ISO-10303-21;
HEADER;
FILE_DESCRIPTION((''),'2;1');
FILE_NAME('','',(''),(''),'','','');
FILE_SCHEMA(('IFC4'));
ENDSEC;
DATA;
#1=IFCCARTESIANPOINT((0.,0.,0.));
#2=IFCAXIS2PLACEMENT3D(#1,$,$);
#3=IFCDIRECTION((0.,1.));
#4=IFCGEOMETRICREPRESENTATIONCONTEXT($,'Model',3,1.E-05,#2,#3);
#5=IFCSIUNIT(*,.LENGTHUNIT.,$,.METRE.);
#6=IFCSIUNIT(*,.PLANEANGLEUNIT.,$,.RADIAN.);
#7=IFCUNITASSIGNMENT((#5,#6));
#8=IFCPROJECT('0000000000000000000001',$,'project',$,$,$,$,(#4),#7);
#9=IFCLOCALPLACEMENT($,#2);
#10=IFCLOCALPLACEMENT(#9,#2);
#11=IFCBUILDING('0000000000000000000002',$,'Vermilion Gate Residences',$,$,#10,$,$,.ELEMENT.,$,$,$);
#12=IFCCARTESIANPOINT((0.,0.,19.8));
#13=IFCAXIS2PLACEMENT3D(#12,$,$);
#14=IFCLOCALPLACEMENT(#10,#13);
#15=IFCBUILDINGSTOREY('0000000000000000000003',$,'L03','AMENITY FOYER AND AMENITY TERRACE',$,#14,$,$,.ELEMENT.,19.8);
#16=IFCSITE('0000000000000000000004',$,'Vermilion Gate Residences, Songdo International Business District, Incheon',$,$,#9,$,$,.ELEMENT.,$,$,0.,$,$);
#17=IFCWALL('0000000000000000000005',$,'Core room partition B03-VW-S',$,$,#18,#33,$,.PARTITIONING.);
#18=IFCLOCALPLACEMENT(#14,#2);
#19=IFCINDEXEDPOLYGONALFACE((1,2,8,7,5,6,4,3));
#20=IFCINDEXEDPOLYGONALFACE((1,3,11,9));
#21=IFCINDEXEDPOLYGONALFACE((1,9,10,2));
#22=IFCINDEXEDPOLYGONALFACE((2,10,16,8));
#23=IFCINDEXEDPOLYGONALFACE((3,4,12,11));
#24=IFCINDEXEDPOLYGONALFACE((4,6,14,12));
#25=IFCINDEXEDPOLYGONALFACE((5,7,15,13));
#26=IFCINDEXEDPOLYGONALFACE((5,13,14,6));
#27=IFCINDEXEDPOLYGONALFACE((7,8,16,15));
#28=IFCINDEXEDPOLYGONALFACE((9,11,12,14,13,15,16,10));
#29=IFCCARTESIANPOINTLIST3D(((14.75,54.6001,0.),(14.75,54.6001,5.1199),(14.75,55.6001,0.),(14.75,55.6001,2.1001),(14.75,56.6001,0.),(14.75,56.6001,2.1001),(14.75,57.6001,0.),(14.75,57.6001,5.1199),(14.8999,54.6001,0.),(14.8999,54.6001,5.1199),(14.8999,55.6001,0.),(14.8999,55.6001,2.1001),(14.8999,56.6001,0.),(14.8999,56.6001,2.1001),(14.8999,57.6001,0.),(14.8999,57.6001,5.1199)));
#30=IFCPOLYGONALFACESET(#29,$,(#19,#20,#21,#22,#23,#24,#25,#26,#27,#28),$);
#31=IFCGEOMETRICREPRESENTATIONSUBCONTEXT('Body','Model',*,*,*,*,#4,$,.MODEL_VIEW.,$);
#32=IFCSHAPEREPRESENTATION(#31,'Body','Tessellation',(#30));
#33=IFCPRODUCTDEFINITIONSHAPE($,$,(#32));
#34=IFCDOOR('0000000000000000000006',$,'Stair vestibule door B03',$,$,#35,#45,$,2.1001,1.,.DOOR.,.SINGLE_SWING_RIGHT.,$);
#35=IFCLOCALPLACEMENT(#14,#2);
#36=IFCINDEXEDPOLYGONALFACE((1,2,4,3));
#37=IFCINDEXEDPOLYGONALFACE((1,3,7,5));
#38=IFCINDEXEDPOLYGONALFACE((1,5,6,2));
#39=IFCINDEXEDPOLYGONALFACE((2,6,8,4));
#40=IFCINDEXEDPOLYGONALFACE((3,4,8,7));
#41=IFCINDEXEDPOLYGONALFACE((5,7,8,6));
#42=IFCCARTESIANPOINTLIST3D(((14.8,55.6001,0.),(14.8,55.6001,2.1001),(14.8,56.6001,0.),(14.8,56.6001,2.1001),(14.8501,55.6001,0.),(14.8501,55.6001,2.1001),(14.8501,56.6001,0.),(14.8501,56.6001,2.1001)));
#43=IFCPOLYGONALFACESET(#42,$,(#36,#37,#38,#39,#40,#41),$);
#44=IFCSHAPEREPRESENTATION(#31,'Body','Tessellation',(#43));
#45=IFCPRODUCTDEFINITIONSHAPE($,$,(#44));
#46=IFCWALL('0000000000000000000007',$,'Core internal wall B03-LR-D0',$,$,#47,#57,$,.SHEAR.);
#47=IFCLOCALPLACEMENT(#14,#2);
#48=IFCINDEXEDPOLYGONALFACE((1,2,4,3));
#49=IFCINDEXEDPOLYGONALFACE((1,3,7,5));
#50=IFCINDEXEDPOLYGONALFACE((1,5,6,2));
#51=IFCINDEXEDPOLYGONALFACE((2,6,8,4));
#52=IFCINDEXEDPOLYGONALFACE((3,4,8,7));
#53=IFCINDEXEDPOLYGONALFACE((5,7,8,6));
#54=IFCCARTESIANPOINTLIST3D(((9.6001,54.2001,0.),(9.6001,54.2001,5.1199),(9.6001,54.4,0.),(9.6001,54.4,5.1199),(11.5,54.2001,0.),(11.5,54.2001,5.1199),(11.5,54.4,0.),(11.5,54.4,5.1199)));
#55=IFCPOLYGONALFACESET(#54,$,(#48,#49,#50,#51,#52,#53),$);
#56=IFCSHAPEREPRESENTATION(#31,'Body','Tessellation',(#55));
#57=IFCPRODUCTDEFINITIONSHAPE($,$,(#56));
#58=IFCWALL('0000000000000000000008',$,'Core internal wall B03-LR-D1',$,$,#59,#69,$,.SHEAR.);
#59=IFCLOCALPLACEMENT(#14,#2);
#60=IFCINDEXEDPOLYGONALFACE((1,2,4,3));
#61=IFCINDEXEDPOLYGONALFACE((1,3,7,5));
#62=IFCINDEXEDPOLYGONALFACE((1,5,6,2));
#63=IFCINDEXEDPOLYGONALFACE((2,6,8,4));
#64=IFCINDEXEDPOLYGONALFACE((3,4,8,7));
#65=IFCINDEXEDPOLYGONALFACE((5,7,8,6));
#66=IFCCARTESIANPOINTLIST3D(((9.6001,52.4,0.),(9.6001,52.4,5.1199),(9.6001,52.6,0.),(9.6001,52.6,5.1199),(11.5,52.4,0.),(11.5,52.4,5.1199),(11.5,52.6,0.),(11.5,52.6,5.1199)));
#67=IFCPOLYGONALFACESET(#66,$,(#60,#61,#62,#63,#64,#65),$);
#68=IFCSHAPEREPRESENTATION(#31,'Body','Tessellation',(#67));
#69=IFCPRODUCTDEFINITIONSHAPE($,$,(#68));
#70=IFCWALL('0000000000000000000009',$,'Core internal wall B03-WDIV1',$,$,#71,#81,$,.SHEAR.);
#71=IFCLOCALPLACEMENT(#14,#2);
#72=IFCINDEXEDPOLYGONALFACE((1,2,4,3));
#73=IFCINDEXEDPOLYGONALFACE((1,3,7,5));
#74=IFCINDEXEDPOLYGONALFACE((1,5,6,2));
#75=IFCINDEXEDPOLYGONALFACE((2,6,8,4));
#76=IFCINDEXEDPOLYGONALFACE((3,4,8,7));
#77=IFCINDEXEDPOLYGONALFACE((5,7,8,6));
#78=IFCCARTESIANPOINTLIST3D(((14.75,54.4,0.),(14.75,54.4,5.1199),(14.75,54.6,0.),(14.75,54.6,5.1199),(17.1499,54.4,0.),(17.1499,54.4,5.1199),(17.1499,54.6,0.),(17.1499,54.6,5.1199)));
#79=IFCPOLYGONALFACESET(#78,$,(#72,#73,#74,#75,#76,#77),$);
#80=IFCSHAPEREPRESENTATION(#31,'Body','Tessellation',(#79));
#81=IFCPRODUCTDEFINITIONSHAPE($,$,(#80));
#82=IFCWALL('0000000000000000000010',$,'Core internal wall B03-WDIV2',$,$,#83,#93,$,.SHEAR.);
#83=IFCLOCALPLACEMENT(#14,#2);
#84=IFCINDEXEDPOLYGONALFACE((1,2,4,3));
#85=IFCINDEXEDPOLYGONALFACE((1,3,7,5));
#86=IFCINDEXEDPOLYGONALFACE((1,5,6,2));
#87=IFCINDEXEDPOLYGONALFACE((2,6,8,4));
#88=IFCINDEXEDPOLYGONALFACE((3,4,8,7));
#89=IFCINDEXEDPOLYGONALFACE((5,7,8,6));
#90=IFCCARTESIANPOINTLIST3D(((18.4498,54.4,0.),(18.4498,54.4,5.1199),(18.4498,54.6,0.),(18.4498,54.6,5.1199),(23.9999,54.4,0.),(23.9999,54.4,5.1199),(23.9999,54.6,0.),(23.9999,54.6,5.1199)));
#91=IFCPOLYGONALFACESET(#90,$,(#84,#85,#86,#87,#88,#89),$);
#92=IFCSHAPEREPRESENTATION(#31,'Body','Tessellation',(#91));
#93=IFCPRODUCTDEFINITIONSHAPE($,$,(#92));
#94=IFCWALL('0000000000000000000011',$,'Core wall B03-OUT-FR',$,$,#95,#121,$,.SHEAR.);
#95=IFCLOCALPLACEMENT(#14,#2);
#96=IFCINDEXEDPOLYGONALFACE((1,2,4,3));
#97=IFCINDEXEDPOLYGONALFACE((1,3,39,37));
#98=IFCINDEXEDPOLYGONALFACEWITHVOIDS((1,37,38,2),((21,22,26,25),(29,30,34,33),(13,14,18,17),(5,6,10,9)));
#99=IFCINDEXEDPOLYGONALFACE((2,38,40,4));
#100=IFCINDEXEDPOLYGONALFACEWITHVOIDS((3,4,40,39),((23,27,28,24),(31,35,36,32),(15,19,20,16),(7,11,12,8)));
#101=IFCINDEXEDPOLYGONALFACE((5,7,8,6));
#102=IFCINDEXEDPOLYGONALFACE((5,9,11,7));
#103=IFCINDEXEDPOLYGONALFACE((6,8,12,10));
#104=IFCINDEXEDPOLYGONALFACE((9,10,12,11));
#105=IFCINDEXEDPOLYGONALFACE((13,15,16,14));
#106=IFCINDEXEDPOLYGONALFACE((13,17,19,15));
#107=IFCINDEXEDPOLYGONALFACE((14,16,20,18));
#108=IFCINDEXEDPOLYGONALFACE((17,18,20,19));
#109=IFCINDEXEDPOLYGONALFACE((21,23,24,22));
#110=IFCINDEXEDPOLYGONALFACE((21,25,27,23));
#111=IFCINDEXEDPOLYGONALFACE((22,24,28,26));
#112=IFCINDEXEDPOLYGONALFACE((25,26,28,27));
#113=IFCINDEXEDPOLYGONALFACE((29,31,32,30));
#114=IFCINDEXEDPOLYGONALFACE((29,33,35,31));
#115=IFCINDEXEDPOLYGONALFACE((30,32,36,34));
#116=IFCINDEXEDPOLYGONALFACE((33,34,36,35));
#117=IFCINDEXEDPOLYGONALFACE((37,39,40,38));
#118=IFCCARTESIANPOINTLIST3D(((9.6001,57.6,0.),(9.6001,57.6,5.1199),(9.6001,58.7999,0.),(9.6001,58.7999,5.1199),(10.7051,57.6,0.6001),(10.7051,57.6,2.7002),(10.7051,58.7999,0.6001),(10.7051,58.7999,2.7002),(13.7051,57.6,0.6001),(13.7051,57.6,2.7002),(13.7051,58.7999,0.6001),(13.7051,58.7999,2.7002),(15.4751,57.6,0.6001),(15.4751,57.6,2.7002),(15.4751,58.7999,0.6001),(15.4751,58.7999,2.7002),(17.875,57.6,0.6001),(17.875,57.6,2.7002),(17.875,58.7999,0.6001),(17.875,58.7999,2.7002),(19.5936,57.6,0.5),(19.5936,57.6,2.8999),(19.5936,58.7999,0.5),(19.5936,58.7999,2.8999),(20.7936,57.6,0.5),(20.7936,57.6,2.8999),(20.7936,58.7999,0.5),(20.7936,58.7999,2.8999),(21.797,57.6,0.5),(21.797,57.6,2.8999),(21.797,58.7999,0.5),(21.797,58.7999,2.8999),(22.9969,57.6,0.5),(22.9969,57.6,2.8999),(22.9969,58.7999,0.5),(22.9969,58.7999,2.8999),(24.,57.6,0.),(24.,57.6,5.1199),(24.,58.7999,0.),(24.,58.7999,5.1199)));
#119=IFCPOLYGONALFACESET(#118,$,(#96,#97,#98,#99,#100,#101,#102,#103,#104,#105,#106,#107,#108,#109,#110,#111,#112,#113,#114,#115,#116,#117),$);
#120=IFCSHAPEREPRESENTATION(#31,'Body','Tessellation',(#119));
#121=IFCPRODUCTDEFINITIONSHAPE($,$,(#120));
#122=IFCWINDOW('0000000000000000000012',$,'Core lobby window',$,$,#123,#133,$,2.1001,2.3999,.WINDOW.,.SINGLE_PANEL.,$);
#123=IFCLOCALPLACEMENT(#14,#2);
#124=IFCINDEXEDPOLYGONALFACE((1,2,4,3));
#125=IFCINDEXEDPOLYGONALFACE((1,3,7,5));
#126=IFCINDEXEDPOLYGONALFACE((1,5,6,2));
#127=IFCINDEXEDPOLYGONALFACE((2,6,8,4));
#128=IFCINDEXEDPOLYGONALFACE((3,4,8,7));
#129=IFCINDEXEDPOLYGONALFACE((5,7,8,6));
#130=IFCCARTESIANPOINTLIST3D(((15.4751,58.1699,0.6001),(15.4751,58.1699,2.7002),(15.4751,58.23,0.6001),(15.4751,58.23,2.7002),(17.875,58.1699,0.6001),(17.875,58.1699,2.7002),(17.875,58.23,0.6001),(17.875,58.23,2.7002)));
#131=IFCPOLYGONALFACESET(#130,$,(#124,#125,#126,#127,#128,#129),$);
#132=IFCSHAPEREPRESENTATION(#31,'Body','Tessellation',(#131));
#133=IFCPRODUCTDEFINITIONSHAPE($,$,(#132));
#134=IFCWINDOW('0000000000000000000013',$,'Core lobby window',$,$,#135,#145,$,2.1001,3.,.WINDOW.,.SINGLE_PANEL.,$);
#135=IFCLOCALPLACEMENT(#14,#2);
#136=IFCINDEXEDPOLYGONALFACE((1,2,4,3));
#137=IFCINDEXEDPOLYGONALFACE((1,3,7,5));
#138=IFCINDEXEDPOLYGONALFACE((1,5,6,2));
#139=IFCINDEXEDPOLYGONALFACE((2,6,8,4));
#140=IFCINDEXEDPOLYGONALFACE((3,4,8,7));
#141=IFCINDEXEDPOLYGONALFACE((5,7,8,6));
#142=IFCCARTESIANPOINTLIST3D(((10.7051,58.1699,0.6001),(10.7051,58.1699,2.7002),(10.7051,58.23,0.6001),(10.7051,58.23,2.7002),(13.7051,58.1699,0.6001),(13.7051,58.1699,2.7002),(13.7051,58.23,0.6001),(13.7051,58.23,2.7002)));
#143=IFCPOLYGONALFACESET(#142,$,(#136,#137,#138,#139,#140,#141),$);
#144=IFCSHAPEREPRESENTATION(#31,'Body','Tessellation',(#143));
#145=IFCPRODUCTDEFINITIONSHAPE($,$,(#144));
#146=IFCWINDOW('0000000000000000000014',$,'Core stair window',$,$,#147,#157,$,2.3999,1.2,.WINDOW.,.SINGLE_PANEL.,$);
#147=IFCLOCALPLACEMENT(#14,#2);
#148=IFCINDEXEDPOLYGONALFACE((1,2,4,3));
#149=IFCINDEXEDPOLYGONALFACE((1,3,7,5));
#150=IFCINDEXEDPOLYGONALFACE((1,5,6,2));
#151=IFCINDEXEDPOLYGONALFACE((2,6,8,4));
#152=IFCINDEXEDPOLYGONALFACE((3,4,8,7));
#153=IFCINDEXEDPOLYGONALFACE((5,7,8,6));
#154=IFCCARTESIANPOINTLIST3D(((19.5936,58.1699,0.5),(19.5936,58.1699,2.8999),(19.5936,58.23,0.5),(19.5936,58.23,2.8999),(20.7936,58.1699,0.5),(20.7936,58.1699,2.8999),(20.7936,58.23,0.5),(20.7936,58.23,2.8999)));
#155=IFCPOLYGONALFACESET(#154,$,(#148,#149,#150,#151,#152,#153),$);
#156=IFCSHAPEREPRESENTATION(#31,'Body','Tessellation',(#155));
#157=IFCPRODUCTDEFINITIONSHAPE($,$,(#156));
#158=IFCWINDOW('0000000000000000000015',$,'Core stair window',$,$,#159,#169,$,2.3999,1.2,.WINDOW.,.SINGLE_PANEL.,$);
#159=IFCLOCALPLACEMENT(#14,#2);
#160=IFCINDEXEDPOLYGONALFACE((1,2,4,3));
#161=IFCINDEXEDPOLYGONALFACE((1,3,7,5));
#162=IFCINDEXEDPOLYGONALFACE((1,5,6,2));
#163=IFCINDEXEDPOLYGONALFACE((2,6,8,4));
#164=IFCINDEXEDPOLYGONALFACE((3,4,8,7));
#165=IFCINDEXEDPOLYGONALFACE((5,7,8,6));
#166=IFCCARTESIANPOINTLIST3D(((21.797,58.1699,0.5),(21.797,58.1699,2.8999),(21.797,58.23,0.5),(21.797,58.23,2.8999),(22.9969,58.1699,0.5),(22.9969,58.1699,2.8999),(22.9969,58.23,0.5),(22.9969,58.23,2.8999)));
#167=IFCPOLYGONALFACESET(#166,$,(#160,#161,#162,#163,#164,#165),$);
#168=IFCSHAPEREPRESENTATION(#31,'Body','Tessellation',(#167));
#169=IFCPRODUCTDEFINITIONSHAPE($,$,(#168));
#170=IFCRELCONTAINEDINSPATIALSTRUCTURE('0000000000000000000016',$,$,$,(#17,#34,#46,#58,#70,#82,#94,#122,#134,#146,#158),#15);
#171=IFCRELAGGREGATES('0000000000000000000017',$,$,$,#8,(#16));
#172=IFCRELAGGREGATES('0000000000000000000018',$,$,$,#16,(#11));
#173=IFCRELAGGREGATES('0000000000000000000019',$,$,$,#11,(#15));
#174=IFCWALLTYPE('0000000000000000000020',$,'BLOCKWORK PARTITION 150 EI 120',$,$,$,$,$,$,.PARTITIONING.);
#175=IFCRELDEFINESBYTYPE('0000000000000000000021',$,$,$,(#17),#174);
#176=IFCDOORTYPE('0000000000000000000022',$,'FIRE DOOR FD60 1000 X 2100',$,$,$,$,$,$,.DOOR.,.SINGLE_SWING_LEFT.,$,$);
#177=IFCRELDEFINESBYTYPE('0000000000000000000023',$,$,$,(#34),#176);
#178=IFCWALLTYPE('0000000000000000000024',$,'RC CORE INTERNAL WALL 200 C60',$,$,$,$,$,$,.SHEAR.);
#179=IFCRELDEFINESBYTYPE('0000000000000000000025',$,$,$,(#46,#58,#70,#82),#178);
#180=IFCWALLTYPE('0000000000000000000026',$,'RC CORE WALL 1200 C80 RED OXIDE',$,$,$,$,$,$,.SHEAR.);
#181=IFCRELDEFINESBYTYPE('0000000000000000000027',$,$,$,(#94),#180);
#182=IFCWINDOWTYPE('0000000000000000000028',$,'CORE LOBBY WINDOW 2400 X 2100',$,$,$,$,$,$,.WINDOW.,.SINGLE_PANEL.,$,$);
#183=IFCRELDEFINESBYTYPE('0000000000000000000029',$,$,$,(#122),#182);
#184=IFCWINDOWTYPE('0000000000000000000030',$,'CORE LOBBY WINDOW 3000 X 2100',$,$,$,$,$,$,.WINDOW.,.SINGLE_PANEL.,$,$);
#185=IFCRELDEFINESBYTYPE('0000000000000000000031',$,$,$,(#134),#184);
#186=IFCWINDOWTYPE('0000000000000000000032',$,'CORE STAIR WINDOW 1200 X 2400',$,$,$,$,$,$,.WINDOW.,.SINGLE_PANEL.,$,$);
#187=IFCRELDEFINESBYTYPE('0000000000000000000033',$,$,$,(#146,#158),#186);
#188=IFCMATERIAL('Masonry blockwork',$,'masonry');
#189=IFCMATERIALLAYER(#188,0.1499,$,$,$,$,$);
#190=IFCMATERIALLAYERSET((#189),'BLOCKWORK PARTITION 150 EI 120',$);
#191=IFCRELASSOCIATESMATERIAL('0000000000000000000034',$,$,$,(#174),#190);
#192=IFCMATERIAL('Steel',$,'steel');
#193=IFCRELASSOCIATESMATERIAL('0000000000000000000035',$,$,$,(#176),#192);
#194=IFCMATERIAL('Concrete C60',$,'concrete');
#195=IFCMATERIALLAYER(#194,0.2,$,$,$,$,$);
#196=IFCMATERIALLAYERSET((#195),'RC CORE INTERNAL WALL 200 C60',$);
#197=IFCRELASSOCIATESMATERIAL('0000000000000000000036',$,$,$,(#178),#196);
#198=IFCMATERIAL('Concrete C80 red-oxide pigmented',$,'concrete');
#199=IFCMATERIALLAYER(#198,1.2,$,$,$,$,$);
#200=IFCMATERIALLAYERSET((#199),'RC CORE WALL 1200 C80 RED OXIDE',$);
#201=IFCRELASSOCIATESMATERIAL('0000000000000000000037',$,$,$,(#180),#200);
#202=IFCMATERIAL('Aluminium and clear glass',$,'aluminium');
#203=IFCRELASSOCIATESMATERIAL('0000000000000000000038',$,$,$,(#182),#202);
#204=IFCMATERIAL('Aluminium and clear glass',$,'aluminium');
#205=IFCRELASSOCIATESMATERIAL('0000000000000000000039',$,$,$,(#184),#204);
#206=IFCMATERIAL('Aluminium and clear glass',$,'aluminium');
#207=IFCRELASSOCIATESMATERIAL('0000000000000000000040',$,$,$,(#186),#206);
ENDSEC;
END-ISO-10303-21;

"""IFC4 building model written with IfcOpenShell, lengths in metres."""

from ifc_helpers import new_model, si_unit, direction, frame, frame_2d, origin, place, context, subcontext, project, spatial, rectangle, extrude, material, layer, layer_set, type_object, element, fill, save


model = new_model("IFC4")

# Units and contexts
model_context = context("Model", 3, precision=1e-05, world=origin(), true_north=direction((0.0, 1.0)))
body_context = subcontext(model_context, "Body", "Model", "MODEL_VIEW")
ifc_project = project(units=[si_unit("LENGTHUNIT", "METRE"), si_unit("PLANEANGLEUNIT", "RADIAN")], contexts=[model_context])

# Site, building, storey
site_placement = place(None, origin())
site = spatial("IfcSite", under=ifc_project, at=site_placement, Name="Vermilion Gate Residences, Songdo International Business District, Incheon", CompositionType="ELEMENT", RefElevation=0.0)
building_placement = place(site_placement, origin())
building = spatial("IfcBuilding", under=site, at=building_placement, Name="Vermilion Gate Residences", CompositionType="ELEMENT")
storey_placement = place(building_placement, frame((0.0, 0.0, 19.8)))
storey = spatial("IfcBuildingStorey", under=building, at=storey_placement, Name="L03", Description="AMENITY FOYER AND AMENITY TERRACE", CompositionType="ELEMENT", Elevation=19.8)

# Wall, opening, door
ifc_material_1 = material(Name="Masonry blockwork", Category="masonry")
ifc_layer_1 = layer(ifc_material_1, 0.1499)
ifc_layer_set_1 = layer_set([ifc_layer_1], Name="BLOCKWORK PARTITION 150 EI 120")
wall_type_1 = type_object("IfcWallType", Name="BLOCKWORK PARTITION 150 EI 120", PredefinedType="PARTITIONING", material=ifc_layer_set_1)
wall_1_placement = place(storey_placement, frame((14.825, 57.6001, 0.0), z_axis=(0.0, 0.0, 1.0), x_axis=(0.0, -1.0, 0.0)))
wall_1 = element("IfcWall", 1, at=wall_1_placement, inside=storey, type_object=wall_type_1, Name="Core room partition B03-VW-S", PredefinedType="PARTITIONING", context=body_context, shape_type="SweptSolid", body=[
    extrude(rectangle(XDim=3.0, YDim=0.1499, at=frame_2d((1.5, 0.0))), origin(), (0.0, 0.0, 1.0), 5.1199),
])
opening_1_placement = place(wall_1_placement, frame((1.0, 0.0, 0.0)))
opening_1 = element("IfcOpeningElement", 2, at=opening_1_placement, cuts=wall_1, PredefinedType="OPENING", context=body_context, shape_type="SweptSolid", body=[
    extrude(rectangle(XDim=1.0, YDim=2.1001, at=frame_2d((0.5, 1.05))), frame((0.0, 0.085, 0.0), z_axis=(0.0, -1.0, 0.0), x_axis=(1.0, 0.0, 0.0)), (0.0, 0.0, 1.0), 0.1699),
])
ifc_material_2 = material(Name="Steel", Category="steel")
door_type_1 = type_object("IfcDoorType", Name="FIRE DOOR FD60 1000 X 2100", OperationType="SINGLE_SWING_LEFT", PredefinedType="DOOR", material=ifc_material_2)
door_1_placement = place(opening_1_placement, frame((1.0, 0.0, 0.0), z_axis=(0.0, 0.0, 1.0), x_axis=(-1.0, 0.0, 0.0)))
door_1 = element("IfcDoor", 3, at=door_1_placement, inside=storey, type_object=door_type_1, Name="Stair vestibule door B03", OperationType="SINGLE_SWING_RIGHT", OverallHeight=2.1001, OverallWidth=1.0, PredefinedType="DOOR", context=body_context, shape_type="SweptSolid", body=[
    extrude(rectangle(XDim=1.0, YDim=2.1001, at=frame_2d((0.5, 1.05))), frame((0.0, 0.0249, 0.0), z_axis=(0.0, -1.0, 0.0), x_axis=(1.0, 0.0, 0.0)), (0.0, 0.0, 1.0), 0.05),
])
fill(opening_1, door_1)

# Walls
ifc_material_3 = material(Name="Concrete C60", Category="concrete")
ifc_layer_2 = layer(ifc_material_3, 0.2)
ifc_layer_set_2 = layer_set([ifc_layer_2], Name="RC CORE INTERNAL WALL 200 C60")
wall_type_2 = type_object("IfcWallType", Name="RC CORE INTERNAL WALL 200 C60", PredefinedType="SHEAR", material=ifc_layer_set_2)
for number, where, z_axis, x_axis, name in (
    (4, (9.6001, 54.3, 0.0), (0.0, 0.0, 1.0), (1.0, 0.0, 0.0), "Core internal wall B03-LR-D0"),
    (5, (9.6001, 52.5, 0.0), (0.0, 0.0, 1.0), (1.0, 0.0, 0.0), "Core internal wall B03-LR-D1"),
):
    element("IfcWall", number, at=place(storey_placement, frame(where, z_axis=z_axis, x_axis=x_axis)), inside=storey, type_object=wall_type_2, Name=name, PredefinedType="SHEAR", context=body_context, shape_type="SweptSolid", body=[
        extrude(rectangle(XDim=1.8999, YDim=0.2, at=frame_2d((0.95, 0.0))), origin(), (0.0, 0.0, 1.0), 5.1199),
    ])
wall_2_placement = place(storey_placement, frame((14.75, 54.5, 0.0), z_axis=(0.0, 0.0, 1.0), x_axis=(1.0, 0.0, 0.0)))
element("IfcWall", 6, at=wall_2_placement, inside=storey, type_object=wall_type_2, Name="Core internal wall B03-WDIV1", PredefinedType="SHEAR", context=body_context, shape_type="SweptSolid", body=[
    extrude(rectangle(XDim=2.3999, YDim=0.2, at=frame_2d((1.2, 0.0))), origin(), (0.0, 0.0, 1.0), 5.1199),
])
wall_3_placement = place(storey_placement, frame((18.45, 54.5, 0.0), z_axis=(0.0, 0.0, 1.0), x_axis=(1.0, 0.0, 0.0)))
element("IfcWall", 7, at=wall_3_placement, inside=storey, type_object=wall_type_2, Name="Core internal wall B03-WDIV2", PredefinedType="SHEAR", context=body_context, shape_type="SweptSolid", body=[
    extrude(rectangle(XDim=5.55, YDim=0.2, at=frame_2d((2.7749, 0.0))), origin(), (0.0, 0.0, 1.0), 5.1199),
])

# Wall, openings, windows
ifc_material_4 = material(Name="Concrete C80 red-oxide pigmented", Category="concrete")
ifc_layer_3 = layer(ifc_material_4, 1.2)
ifc_layer_set_3 = layer_set([ifc_layer_3], Name="RC CORE WALL 1200 C80 RED OXIDE")
wall_type_3 = type_object("IfcWallType", Name="RC CORE WALL 1200 C80 RED OXIDE", PredefinedType="SHEAR", material=ifc_layer_set_3)
wall_4_placement = place(storey_placement, frame((9.6001, 58.2, 0.0), z_axis=(0.0, 0.0, 1.0), x_axis=(1.0, 0.0, 0.0)))
wall_4 = element("IfcWall", 8, at=wall_4_placement, inside=storey, type_object=wall_type_3, Name="Core wall B03-OUT-FR", PredefinedType="SHEAR", context=body_context, shape_type="SweptSolid", body=[
    extrude(rectangle(XDim=14.3999, YDim=1.2, at=frame_2d((7.2, 0.0))), origin(), (0.0, 0.0, 1.0), 5.1199),
])
opening_2_placement = place(wall_4_placement, frame((1.105, 0.0, 0.6001)))
opening_2 = element("IfcOpeningElement", 9, at=opening_2_placement, cuts=wall_4, PredefinedType="OPENING", context=body_context, shape_type="SweptSolid", body=[
    extrude(rectangle(XDim=3.0, YDim=2.1001, at=frame_2d((1.5, 1.05))), frame((0.0, 0.6099, 0.0), z_axis=(0.0, -1.0, 0.0), x_axis=(1.0, 0.0, 0.0)), (0.0, 0.0, 1.0), 1.22),
])
opening_3_placement = place(wall_4_placement, frame((5.875, 0.0, 0.6001)))
opening_3 = element("IfcOpeningElement", 10, at=opening_3_placement, cuts=wall_4, PredefinedType="OPENING", context=body_context, shape_type="SweptSolid", body=[
    extrude(rectangle(XDim=2.3999, YDim=2.1001, at=frame_2d((1.2, 1.05))), frame((0.0, 0.6099, 0.0), z_axis=(0.0, -1.0, 0.0), x_axis=(1.0, 0.0, 0.0)), (0.0, 0.0, 1.0), 1.22),
])
opening_4_placement = place(wall_4_placement, frame((9.9934, 0.0, 0.5)))
opening_4 = element("IfcOpeningElement", 11, at=opening_4_placement, cuts=wall_4, PredefinedType="OPENING", context=body_context, shape_type="SweptSolid", body=[
    extrude(rectangle(XDim=1.2, YDim=2.3999, at=frame_2d((0.6001, 1.2))), frame((0.0, 0.6099, 0.0), z_axis=(0.0, -1.0, 0.0), x_axis=(1.0, 0.0, 0.0)), (0.0, 0.0, 1.0), 1.22),
])
opening_5_placement = place(wall_4_placement, frame((12.1968, 0.0, 0.5)))
opening_5 = element("IfcOpeningElement", 12, at=opening_5_placement, cuts=wall_4, PredefinedType="OPENING", context=body_context, shape_type="SweptSolid", body=[
    extrude(rectangle(XDim=1.2, YDim=2.3999, at=frame_2d((0.6001, 1.2))), frame((0.0, 0.6099, 0.0), z_axis=(0.0, -1.0, 0.0), x_axis=(1.0, 0.0, 0.0)), (0.0, 0.0, 1.0), 1.22),
])
ifc_material_5 = material(Name="Aluminium and clear glass", Category="aluminium")
window_type_1 = type_object("IfcWindowType", Name="CORE LOBBY WINDOW 2400 X 2100", PartitioningType="SINGLE_PANEL", PredefinedType="WINDOW", material=ifc_material_5)
window_1_placement = place(opening_3_placement, origin())
window_1 = element("IfcWindow", 13, at=window_1_placement, inside=storey, type_object=window_type_1, Name="Core lobby window", OverallHeight=2.1001, OverallWidth=2.3999, PartitioningType="SINGLE_PANEL", PredefinedType="WINDOW", context=body_context, shape_type="SweptSolid", body=[
    extrude(rectangle(XDim=2.3999, YDim=2.1001, at=frame_2d((1.2, 1.05))), frame((0.0, 0.03, 0.0), z_axis=(0.0, -1.0, 0.0), x_axis=(1.0, 0.0, 0.0)), (0.0, 0.0, 1.0), 0.0601),
])
fill(opening_3, window_1)
ifc_material_6 = material(Name="Aluminium and clear glass", Category="aluminium")
window_type_2 = type_object("IfcWindowType", Name="CORE LOBBY WINDOW 3000 X 2100", PartitioningType="SINGLE_PANEL", PredefinedType="WINDOW", material=ifc_material_6)
window_2_placement = place(opening_2_placement, origin())
window_2 = element("IfcWindow", 14, at=window_2_placement, inside=storey, type_object=window_type_2, Name="Core lobby window", OverallHeight=2.1001, OverallWidth=3.0, PartitioningType="SINGLE_PANEL", PredefinedType="WINDOW", context=body_context, shape_type="SweptSolid", body=[
    extrude(rectangle(XDim=3.0, YDim=2.1001, at=frame_2d((1.5, 1.05))), frame((0.0, 0.03, 0.0), z_axis=(0.0, -1.0, 0.0), x_axis=(1.0, 0.0, 0.0)), (0.0, 0.0, 1.0), 0.0601),
])
fill(opening_2, window_2)
ifc_material_7 = material(Name="Aluminium and clear glass", Category="aluminium")
window_type_3 = type_object("IfcWindowType", Name="CORE STAIR WINDOW 1200 X 2400", PartitioningType="SINGLE_PANEL", PredefinedType="WINDOW", material=ifc_material_7)
window_3_placement = place(opening_4_placement, origin())
window_3 = element("IfcWindow", 15, at=window_3_placement, inside=storey, type_object=window_type_3, Name="Core stair window", OverallHeight=2.3999, OverallWidth=1.2, PartitioningType="SINGLE_PANEL", PredefinedType="WINDOW", context=body_context, shape_type="SweptSolid", body=[
    extrude(rectangle(XDim=1.2, YDim=2.3999, at=frame_2d((0.6001, 1.2))), frame((0.0, 0.03, 0.0), z_axis=(0.0, -1.0, 0.0), x_axis=(1.0, 0.0, 0.0)), (0.0, 0.0, 1.0), 0.0601),
])
fill(opening_4, window_3)
window_4_placement = place(opening_5_placement, origin())
window_4 = element("IfcWindow", 16, at=window_4_placement, inside=storey, type_object=window_type_3, Name="Core stair window", OverallHeight=2.3999, OverallWidth=1.2, PartitioningType="SINGLE_PANEL", PredefinedType="WINDOW", context=body_context, shape_type="SweptSolid", body=[
    extrude(rectangle(XDim=1.2, YDim=2.3999, at=frame_2d((0.6001, 1.2))), frame((0.0, 0.03, 0.0), z_axis=(0.0, -1.0, 0.0), x_axis=(1.0, 0.0, 0.0)), (0.0, 0.0, 1.0), 0.0601),
])
fill(opening_5, window_4)

save(model, "model.ifc")
